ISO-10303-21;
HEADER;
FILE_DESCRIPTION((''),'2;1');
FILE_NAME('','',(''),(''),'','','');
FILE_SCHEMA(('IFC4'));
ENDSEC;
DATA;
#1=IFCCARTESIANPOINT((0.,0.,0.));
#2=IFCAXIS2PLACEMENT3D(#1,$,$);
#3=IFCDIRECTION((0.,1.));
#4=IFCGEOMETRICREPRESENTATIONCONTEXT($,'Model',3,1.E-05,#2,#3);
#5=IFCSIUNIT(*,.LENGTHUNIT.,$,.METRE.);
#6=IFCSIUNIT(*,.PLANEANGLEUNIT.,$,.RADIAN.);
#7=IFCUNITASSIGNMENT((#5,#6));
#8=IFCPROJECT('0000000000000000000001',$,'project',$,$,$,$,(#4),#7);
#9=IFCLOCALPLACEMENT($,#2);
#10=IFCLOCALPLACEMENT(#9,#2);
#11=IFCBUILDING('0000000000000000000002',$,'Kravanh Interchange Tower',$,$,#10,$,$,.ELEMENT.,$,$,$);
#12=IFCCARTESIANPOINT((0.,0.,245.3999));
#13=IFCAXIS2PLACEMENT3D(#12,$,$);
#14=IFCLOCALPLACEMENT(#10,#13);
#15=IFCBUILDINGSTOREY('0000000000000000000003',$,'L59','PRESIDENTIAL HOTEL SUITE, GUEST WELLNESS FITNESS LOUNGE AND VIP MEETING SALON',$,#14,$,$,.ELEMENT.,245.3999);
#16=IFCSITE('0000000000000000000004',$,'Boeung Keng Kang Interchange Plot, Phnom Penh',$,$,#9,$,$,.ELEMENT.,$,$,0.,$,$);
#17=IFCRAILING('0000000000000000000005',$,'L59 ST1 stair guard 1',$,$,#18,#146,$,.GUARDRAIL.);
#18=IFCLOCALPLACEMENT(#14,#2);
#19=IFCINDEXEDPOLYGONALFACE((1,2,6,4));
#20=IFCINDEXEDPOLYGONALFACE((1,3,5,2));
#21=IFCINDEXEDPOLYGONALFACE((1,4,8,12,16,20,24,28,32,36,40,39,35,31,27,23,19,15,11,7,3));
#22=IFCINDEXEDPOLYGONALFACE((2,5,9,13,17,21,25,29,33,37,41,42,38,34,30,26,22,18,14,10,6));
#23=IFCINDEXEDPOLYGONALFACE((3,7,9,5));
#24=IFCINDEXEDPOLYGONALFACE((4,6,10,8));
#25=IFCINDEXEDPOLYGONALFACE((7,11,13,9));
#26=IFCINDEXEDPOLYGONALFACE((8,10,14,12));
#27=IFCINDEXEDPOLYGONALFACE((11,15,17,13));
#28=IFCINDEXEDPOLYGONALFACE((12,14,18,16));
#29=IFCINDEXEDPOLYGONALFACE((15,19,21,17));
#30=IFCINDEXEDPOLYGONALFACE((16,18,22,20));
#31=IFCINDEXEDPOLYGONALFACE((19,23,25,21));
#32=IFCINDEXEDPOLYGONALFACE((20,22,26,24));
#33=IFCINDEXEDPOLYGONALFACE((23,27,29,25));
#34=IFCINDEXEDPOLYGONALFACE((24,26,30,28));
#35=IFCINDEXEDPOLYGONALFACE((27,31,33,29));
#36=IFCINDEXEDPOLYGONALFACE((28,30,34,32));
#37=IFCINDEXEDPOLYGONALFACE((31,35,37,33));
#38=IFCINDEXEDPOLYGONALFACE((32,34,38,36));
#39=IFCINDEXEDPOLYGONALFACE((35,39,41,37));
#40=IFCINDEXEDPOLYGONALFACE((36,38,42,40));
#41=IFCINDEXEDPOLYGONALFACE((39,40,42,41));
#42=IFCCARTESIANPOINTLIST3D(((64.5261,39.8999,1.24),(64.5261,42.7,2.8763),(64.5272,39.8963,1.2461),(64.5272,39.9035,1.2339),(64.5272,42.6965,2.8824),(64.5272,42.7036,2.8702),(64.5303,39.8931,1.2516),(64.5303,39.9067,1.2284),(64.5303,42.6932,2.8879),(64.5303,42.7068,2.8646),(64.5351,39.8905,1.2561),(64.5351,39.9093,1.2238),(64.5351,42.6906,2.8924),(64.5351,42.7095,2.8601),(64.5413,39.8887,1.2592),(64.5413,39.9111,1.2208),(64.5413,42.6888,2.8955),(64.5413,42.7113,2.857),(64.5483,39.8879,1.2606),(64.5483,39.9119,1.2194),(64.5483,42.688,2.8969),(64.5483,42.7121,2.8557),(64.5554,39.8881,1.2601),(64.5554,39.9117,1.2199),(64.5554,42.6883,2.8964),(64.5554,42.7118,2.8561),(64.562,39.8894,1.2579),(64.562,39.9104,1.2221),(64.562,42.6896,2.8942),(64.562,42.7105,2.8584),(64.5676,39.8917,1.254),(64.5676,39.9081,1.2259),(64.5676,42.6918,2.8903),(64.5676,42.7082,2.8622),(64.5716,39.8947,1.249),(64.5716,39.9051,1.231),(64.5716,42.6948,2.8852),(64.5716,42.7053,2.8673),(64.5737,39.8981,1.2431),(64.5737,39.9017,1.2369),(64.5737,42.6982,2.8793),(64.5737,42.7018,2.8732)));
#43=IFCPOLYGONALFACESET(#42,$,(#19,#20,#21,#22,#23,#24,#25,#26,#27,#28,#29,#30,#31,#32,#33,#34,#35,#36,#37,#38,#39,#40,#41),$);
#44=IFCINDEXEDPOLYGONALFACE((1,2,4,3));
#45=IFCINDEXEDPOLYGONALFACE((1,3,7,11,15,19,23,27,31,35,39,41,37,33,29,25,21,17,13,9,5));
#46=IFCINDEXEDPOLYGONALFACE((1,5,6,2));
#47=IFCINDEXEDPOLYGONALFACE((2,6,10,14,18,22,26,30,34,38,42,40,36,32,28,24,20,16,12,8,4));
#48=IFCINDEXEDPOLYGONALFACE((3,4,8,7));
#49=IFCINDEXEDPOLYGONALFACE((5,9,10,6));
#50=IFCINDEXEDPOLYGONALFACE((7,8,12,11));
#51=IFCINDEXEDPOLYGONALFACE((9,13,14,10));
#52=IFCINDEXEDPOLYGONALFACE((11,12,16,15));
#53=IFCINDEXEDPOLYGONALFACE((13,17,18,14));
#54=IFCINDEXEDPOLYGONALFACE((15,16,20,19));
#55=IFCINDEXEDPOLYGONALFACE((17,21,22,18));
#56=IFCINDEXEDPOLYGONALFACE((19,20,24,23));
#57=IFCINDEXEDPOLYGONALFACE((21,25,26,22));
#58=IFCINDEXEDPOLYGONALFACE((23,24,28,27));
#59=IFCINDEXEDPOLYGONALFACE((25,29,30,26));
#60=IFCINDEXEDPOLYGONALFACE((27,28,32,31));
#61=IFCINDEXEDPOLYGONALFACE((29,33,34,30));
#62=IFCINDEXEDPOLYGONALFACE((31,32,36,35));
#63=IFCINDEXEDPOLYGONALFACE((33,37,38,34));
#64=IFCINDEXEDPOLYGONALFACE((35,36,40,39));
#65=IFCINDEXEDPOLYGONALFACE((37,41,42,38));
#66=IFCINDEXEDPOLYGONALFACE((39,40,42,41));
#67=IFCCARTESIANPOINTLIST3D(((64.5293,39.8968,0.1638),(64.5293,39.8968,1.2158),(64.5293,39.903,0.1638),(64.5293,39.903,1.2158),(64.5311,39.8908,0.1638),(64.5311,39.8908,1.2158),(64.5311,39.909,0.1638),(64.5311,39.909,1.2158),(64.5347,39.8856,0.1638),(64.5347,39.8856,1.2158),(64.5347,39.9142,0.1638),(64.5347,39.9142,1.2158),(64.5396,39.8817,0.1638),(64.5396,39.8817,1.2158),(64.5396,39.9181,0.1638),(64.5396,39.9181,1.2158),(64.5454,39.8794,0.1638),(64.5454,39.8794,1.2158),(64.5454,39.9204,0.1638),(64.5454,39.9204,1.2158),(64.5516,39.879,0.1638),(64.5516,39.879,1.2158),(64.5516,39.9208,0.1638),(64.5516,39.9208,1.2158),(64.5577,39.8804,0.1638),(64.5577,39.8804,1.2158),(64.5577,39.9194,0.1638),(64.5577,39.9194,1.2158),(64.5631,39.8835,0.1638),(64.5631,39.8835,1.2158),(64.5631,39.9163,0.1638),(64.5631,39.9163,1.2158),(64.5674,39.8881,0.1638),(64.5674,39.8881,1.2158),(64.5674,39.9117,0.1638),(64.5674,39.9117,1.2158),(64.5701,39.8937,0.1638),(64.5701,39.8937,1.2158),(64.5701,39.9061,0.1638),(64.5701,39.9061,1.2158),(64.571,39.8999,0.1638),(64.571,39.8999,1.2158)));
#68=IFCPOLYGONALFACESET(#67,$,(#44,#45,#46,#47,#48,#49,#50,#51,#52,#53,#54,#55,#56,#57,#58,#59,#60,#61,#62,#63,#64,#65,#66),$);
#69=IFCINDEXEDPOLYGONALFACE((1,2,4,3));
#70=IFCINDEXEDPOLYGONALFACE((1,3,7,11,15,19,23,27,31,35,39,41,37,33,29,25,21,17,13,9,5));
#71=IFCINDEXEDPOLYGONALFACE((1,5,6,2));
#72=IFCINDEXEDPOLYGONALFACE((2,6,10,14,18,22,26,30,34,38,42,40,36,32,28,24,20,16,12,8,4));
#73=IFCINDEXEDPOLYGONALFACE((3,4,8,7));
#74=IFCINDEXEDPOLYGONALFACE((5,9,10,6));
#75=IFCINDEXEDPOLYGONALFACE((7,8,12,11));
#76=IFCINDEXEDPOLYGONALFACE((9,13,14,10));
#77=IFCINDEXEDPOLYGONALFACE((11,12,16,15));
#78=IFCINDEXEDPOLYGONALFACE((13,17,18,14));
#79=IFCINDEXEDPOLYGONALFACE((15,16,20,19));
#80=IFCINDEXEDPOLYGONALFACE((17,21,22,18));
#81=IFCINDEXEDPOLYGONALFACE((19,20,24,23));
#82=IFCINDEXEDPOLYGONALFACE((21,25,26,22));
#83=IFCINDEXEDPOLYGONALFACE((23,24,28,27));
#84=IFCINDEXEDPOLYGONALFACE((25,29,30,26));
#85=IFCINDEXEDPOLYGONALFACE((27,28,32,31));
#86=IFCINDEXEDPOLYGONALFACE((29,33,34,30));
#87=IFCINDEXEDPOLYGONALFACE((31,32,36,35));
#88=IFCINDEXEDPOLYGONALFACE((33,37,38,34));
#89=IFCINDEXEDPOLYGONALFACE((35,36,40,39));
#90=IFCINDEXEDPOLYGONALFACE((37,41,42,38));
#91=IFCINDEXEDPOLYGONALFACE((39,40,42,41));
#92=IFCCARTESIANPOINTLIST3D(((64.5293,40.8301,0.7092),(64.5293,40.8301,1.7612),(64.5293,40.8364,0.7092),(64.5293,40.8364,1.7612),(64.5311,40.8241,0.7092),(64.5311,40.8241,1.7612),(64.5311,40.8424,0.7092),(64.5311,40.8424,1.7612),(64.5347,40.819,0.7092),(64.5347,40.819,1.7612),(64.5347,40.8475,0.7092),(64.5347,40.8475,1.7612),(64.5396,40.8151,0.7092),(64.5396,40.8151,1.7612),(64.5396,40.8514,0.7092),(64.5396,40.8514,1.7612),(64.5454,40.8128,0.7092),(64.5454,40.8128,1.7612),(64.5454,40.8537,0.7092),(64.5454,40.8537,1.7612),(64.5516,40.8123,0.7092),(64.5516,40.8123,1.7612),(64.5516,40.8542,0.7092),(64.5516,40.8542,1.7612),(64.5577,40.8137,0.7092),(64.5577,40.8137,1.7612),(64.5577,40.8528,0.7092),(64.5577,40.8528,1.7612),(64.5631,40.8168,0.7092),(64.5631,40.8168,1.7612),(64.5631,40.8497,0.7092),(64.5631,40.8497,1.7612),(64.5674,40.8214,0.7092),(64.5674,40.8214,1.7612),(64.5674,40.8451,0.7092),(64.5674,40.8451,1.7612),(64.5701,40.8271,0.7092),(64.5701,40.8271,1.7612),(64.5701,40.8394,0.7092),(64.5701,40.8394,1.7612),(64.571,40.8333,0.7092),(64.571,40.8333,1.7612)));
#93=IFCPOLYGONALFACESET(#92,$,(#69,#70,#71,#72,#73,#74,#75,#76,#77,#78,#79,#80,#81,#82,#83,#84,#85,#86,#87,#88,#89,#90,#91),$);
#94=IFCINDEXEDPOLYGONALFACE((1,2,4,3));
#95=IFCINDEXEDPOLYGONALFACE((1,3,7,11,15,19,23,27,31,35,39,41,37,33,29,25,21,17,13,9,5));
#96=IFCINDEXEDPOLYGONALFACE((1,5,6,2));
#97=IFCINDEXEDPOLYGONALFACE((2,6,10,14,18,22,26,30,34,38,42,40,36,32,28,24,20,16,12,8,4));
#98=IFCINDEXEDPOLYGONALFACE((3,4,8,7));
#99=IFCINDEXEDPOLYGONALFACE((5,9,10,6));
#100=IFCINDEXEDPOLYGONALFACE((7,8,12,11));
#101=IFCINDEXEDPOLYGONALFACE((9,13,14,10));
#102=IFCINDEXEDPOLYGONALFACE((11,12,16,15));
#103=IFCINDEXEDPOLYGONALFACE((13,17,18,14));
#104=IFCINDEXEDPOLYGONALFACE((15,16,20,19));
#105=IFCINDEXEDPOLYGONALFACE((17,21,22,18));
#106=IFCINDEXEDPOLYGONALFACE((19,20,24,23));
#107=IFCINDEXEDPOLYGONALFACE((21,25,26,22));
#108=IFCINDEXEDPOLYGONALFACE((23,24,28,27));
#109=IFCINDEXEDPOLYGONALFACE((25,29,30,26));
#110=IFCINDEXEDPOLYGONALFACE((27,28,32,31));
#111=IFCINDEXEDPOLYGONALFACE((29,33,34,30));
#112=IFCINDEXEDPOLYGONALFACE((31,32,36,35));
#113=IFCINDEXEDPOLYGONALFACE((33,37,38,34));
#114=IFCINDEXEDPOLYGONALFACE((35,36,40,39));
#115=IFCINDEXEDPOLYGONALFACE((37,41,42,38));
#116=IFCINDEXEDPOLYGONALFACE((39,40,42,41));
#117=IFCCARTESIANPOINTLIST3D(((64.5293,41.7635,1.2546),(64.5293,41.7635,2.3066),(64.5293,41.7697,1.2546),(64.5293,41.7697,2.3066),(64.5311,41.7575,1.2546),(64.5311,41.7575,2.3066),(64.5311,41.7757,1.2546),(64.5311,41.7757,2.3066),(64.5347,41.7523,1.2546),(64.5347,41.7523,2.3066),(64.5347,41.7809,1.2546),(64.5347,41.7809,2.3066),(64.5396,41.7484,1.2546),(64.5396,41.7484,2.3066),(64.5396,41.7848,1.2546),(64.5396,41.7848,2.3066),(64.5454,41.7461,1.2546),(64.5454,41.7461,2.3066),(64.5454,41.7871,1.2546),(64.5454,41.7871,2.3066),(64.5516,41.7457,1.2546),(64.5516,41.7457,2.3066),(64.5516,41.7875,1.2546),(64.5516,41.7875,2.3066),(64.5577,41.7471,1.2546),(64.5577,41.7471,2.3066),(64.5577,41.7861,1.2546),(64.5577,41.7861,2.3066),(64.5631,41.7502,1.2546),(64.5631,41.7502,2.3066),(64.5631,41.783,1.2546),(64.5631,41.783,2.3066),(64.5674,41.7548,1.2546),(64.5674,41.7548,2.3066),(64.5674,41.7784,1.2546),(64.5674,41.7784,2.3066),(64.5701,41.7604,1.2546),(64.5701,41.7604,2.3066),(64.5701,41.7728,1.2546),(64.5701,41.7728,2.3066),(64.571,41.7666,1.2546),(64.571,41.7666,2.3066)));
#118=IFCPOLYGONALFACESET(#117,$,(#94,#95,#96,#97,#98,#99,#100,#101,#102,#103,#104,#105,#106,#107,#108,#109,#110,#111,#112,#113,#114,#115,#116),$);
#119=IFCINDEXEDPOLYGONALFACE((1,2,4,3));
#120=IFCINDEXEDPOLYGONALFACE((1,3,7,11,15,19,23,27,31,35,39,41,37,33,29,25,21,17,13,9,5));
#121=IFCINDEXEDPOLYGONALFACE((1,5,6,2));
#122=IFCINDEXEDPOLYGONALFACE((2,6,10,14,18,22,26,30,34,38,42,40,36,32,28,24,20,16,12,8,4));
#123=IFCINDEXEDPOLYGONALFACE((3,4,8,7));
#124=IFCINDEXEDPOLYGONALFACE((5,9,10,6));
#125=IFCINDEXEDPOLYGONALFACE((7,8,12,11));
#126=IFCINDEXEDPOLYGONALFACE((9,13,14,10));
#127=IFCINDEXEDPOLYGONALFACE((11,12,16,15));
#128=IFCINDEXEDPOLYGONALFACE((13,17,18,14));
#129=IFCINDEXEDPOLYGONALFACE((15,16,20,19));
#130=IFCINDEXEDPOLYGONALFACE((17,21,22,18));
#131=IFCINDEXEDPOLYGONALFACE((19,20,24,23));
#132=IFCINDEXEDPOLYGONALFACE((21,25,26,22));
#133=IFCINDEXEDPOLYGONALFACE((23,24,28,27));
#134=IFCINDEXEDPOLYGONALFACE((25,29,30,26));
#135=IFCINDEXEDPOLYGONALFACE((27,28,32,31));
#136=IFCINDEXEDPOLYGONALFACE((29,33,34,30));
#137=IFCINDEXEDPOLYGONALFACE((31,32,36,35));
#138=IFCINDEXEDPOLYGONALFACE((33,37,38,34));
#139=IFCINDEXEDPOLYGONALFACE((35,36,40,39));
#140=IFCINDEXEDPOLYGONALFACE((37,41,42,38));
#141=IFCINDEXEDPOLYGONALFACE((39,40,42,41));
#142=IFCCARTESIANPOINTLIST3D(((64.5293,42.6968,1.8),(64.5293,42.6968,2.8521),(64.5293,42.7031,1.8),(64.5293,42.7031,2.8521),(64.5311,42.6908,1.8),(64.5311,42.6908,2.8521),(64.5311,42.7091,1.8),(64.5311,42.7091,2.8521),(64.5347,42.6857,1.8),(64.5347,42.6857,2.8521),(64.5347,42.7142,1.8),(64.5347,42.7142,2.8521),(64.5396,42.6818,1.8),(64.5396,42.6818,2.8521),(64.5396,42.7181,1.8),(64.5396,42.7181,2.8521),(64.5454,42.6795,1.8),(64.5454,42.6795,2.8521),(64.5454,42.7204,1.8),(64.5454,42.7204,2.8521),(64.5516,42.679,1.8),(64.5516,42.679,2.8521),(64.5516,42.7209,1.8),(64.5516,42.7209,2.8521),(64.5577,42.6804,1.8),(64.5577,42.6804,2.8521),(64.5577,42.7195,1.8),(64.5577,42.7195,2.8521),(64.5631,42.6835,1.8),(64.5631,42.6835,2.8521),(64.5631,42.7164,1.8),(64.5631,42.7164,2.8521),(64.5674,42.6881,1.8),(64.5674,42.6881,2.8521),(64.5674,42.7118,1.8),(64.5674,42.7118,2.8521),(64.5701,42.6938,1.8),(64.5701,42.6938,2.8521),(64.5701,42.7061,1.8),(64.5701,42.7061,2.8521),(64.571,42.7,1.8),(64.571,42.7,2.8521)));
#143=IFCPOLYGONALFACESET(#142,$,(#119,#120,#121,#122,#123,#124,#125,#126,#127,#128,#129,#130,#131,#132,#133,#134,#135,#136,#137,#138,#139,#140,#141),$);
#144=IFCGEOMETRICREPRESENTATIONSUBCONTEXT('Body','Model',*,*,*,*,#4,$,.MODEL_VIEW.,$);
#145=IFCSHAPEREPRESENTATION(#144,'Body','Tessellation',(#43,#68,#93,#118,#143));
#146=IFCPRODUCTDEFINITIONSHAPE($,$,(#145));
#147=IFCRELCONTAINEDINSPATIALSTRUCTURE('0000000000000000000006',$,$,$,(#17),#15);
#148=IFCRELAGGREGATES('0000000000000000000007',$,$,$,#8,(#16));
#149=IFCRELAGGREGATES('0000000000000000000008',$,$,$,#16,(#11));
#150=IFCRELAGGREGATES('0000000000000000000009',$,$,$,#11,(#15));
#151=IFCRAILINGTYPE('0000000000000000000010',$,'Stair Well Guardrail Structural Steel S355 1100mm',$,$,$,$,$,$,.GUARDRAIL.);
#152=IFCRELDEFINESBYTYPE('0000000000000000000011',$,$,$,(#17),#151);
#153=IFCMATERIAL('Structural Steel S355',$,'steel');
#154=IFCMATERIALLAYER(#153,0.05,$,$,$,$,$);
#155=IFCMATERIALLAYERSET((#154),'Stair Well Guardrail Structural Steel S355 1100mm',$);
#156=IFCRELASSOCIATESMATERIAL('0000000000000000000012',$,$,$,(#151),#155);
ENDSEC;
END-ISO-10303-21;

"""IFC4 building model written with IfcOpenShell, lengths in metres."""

from ifc_helpers import new_model, si_unit, direction, frame, origin, origin_2d, place, context, subcontext, project, spatial, circle, extrude, material, layer, layer_set, type_object, element, save


model = new_model("IFC4")

# Units and contexts
model_context = context("Model", 3, precision=1e-05, world=origin(), true_north=direction((0.0, 1.0)))
body_context = subcontext(model_context, "Body", "Model", "MODEL_VIEW")
ifc_project = project(units=[si_unit("LENGTHUNIT", "METRE"), si_unit("PLANEANGLEUNIT", "RADIAN")], contexts=[model_context])

# Site, building, storey
site_placement = place(None, origin())
site = spatial("IfcSite", under=ifc_project, at=site_placement, Name="Boeung Keng Kang Interchange Plot, Phnom Penh", CompositionType="ELEMENT", RefElevation=0.0)
building_placement = place(site_placement, origin())
building = spatial("IfcBuilding", under=site, at=building_placement, Name="Kravanh Interchange Tower", CompositionType="ELEMENT")
storey_placement = place(building_placement, frame((0.0, 0.0, 245.3999)))
storey = spatial("IfcBuildingStorey", under=building, at=storey_placement, Name="L59", Description="PRESIDENTIAL HOTEL SUITE, GUEST WELLNESS FITNESS LOUNGE AND VIP MEETING SALON", CompositionType="ELEMENT", Elevation=245.3999)

# Railing
ifc_material_1 = material(Name="Structural Steel S355", Category="steel")
ifc_layer_1 = layer(ifc_material_1, 0.05)
ifc_layer_set_1 = layer_set([ifc_layer_1], Name="Stair Well Guardrail Structural Steel S355 1100mm")
railing_type_1 = type_object("IfcRailingType", Name="Stair Well Guardrail Structural Steel S355 1100mm", PredefinedType="GUARDRAIL", material=ifc_layer_set_1)
railing_1_placement = place(storey_placement, frame((64.55, 39.8999, 0.1638)))
element("IfcRailing", 1, at=railing_1_placement, inside=storey, type_object=railing_type_1, Name="L59 ST1 stair guard 1", PredefinedType="GUARDRAIL", context=body_context, shape_type="SweptSolid", body=[
    extrude(circle(Radius=0.0239, at=origin_2d()), frame((0.0, 0.0, 1.0762), z_axis=(0.0, 0.863394, 0.504531), x_axis=(-1.0, 0.0, 0.0)), (0.0, 0.0, 1.0), 3.2432),
    extrude(circle(Radius=0.021, at=origin_2d()), origin(), (0.0, 0.0, 1.0), 1.052),
    extrude(circle(Radius=0.021, at=origin_2d()), frame((0.0, 0.9333, 0.5454)), (0.0, 0.0, 1.0), 1.052),
    extrude(circle(Radius=0.021, at=origin_2d()), frame((0.0, 1.8667, 1.0908)), (0.0, 0.0, 1.0), 1.052),
    extrude(circle(Radius=0.021, at=origin_2d()), frame((0.0, 2.8, 1.6362)), (0.0, 0.0, 1.0), 1.052),
])

save(model, "model.ifc")
